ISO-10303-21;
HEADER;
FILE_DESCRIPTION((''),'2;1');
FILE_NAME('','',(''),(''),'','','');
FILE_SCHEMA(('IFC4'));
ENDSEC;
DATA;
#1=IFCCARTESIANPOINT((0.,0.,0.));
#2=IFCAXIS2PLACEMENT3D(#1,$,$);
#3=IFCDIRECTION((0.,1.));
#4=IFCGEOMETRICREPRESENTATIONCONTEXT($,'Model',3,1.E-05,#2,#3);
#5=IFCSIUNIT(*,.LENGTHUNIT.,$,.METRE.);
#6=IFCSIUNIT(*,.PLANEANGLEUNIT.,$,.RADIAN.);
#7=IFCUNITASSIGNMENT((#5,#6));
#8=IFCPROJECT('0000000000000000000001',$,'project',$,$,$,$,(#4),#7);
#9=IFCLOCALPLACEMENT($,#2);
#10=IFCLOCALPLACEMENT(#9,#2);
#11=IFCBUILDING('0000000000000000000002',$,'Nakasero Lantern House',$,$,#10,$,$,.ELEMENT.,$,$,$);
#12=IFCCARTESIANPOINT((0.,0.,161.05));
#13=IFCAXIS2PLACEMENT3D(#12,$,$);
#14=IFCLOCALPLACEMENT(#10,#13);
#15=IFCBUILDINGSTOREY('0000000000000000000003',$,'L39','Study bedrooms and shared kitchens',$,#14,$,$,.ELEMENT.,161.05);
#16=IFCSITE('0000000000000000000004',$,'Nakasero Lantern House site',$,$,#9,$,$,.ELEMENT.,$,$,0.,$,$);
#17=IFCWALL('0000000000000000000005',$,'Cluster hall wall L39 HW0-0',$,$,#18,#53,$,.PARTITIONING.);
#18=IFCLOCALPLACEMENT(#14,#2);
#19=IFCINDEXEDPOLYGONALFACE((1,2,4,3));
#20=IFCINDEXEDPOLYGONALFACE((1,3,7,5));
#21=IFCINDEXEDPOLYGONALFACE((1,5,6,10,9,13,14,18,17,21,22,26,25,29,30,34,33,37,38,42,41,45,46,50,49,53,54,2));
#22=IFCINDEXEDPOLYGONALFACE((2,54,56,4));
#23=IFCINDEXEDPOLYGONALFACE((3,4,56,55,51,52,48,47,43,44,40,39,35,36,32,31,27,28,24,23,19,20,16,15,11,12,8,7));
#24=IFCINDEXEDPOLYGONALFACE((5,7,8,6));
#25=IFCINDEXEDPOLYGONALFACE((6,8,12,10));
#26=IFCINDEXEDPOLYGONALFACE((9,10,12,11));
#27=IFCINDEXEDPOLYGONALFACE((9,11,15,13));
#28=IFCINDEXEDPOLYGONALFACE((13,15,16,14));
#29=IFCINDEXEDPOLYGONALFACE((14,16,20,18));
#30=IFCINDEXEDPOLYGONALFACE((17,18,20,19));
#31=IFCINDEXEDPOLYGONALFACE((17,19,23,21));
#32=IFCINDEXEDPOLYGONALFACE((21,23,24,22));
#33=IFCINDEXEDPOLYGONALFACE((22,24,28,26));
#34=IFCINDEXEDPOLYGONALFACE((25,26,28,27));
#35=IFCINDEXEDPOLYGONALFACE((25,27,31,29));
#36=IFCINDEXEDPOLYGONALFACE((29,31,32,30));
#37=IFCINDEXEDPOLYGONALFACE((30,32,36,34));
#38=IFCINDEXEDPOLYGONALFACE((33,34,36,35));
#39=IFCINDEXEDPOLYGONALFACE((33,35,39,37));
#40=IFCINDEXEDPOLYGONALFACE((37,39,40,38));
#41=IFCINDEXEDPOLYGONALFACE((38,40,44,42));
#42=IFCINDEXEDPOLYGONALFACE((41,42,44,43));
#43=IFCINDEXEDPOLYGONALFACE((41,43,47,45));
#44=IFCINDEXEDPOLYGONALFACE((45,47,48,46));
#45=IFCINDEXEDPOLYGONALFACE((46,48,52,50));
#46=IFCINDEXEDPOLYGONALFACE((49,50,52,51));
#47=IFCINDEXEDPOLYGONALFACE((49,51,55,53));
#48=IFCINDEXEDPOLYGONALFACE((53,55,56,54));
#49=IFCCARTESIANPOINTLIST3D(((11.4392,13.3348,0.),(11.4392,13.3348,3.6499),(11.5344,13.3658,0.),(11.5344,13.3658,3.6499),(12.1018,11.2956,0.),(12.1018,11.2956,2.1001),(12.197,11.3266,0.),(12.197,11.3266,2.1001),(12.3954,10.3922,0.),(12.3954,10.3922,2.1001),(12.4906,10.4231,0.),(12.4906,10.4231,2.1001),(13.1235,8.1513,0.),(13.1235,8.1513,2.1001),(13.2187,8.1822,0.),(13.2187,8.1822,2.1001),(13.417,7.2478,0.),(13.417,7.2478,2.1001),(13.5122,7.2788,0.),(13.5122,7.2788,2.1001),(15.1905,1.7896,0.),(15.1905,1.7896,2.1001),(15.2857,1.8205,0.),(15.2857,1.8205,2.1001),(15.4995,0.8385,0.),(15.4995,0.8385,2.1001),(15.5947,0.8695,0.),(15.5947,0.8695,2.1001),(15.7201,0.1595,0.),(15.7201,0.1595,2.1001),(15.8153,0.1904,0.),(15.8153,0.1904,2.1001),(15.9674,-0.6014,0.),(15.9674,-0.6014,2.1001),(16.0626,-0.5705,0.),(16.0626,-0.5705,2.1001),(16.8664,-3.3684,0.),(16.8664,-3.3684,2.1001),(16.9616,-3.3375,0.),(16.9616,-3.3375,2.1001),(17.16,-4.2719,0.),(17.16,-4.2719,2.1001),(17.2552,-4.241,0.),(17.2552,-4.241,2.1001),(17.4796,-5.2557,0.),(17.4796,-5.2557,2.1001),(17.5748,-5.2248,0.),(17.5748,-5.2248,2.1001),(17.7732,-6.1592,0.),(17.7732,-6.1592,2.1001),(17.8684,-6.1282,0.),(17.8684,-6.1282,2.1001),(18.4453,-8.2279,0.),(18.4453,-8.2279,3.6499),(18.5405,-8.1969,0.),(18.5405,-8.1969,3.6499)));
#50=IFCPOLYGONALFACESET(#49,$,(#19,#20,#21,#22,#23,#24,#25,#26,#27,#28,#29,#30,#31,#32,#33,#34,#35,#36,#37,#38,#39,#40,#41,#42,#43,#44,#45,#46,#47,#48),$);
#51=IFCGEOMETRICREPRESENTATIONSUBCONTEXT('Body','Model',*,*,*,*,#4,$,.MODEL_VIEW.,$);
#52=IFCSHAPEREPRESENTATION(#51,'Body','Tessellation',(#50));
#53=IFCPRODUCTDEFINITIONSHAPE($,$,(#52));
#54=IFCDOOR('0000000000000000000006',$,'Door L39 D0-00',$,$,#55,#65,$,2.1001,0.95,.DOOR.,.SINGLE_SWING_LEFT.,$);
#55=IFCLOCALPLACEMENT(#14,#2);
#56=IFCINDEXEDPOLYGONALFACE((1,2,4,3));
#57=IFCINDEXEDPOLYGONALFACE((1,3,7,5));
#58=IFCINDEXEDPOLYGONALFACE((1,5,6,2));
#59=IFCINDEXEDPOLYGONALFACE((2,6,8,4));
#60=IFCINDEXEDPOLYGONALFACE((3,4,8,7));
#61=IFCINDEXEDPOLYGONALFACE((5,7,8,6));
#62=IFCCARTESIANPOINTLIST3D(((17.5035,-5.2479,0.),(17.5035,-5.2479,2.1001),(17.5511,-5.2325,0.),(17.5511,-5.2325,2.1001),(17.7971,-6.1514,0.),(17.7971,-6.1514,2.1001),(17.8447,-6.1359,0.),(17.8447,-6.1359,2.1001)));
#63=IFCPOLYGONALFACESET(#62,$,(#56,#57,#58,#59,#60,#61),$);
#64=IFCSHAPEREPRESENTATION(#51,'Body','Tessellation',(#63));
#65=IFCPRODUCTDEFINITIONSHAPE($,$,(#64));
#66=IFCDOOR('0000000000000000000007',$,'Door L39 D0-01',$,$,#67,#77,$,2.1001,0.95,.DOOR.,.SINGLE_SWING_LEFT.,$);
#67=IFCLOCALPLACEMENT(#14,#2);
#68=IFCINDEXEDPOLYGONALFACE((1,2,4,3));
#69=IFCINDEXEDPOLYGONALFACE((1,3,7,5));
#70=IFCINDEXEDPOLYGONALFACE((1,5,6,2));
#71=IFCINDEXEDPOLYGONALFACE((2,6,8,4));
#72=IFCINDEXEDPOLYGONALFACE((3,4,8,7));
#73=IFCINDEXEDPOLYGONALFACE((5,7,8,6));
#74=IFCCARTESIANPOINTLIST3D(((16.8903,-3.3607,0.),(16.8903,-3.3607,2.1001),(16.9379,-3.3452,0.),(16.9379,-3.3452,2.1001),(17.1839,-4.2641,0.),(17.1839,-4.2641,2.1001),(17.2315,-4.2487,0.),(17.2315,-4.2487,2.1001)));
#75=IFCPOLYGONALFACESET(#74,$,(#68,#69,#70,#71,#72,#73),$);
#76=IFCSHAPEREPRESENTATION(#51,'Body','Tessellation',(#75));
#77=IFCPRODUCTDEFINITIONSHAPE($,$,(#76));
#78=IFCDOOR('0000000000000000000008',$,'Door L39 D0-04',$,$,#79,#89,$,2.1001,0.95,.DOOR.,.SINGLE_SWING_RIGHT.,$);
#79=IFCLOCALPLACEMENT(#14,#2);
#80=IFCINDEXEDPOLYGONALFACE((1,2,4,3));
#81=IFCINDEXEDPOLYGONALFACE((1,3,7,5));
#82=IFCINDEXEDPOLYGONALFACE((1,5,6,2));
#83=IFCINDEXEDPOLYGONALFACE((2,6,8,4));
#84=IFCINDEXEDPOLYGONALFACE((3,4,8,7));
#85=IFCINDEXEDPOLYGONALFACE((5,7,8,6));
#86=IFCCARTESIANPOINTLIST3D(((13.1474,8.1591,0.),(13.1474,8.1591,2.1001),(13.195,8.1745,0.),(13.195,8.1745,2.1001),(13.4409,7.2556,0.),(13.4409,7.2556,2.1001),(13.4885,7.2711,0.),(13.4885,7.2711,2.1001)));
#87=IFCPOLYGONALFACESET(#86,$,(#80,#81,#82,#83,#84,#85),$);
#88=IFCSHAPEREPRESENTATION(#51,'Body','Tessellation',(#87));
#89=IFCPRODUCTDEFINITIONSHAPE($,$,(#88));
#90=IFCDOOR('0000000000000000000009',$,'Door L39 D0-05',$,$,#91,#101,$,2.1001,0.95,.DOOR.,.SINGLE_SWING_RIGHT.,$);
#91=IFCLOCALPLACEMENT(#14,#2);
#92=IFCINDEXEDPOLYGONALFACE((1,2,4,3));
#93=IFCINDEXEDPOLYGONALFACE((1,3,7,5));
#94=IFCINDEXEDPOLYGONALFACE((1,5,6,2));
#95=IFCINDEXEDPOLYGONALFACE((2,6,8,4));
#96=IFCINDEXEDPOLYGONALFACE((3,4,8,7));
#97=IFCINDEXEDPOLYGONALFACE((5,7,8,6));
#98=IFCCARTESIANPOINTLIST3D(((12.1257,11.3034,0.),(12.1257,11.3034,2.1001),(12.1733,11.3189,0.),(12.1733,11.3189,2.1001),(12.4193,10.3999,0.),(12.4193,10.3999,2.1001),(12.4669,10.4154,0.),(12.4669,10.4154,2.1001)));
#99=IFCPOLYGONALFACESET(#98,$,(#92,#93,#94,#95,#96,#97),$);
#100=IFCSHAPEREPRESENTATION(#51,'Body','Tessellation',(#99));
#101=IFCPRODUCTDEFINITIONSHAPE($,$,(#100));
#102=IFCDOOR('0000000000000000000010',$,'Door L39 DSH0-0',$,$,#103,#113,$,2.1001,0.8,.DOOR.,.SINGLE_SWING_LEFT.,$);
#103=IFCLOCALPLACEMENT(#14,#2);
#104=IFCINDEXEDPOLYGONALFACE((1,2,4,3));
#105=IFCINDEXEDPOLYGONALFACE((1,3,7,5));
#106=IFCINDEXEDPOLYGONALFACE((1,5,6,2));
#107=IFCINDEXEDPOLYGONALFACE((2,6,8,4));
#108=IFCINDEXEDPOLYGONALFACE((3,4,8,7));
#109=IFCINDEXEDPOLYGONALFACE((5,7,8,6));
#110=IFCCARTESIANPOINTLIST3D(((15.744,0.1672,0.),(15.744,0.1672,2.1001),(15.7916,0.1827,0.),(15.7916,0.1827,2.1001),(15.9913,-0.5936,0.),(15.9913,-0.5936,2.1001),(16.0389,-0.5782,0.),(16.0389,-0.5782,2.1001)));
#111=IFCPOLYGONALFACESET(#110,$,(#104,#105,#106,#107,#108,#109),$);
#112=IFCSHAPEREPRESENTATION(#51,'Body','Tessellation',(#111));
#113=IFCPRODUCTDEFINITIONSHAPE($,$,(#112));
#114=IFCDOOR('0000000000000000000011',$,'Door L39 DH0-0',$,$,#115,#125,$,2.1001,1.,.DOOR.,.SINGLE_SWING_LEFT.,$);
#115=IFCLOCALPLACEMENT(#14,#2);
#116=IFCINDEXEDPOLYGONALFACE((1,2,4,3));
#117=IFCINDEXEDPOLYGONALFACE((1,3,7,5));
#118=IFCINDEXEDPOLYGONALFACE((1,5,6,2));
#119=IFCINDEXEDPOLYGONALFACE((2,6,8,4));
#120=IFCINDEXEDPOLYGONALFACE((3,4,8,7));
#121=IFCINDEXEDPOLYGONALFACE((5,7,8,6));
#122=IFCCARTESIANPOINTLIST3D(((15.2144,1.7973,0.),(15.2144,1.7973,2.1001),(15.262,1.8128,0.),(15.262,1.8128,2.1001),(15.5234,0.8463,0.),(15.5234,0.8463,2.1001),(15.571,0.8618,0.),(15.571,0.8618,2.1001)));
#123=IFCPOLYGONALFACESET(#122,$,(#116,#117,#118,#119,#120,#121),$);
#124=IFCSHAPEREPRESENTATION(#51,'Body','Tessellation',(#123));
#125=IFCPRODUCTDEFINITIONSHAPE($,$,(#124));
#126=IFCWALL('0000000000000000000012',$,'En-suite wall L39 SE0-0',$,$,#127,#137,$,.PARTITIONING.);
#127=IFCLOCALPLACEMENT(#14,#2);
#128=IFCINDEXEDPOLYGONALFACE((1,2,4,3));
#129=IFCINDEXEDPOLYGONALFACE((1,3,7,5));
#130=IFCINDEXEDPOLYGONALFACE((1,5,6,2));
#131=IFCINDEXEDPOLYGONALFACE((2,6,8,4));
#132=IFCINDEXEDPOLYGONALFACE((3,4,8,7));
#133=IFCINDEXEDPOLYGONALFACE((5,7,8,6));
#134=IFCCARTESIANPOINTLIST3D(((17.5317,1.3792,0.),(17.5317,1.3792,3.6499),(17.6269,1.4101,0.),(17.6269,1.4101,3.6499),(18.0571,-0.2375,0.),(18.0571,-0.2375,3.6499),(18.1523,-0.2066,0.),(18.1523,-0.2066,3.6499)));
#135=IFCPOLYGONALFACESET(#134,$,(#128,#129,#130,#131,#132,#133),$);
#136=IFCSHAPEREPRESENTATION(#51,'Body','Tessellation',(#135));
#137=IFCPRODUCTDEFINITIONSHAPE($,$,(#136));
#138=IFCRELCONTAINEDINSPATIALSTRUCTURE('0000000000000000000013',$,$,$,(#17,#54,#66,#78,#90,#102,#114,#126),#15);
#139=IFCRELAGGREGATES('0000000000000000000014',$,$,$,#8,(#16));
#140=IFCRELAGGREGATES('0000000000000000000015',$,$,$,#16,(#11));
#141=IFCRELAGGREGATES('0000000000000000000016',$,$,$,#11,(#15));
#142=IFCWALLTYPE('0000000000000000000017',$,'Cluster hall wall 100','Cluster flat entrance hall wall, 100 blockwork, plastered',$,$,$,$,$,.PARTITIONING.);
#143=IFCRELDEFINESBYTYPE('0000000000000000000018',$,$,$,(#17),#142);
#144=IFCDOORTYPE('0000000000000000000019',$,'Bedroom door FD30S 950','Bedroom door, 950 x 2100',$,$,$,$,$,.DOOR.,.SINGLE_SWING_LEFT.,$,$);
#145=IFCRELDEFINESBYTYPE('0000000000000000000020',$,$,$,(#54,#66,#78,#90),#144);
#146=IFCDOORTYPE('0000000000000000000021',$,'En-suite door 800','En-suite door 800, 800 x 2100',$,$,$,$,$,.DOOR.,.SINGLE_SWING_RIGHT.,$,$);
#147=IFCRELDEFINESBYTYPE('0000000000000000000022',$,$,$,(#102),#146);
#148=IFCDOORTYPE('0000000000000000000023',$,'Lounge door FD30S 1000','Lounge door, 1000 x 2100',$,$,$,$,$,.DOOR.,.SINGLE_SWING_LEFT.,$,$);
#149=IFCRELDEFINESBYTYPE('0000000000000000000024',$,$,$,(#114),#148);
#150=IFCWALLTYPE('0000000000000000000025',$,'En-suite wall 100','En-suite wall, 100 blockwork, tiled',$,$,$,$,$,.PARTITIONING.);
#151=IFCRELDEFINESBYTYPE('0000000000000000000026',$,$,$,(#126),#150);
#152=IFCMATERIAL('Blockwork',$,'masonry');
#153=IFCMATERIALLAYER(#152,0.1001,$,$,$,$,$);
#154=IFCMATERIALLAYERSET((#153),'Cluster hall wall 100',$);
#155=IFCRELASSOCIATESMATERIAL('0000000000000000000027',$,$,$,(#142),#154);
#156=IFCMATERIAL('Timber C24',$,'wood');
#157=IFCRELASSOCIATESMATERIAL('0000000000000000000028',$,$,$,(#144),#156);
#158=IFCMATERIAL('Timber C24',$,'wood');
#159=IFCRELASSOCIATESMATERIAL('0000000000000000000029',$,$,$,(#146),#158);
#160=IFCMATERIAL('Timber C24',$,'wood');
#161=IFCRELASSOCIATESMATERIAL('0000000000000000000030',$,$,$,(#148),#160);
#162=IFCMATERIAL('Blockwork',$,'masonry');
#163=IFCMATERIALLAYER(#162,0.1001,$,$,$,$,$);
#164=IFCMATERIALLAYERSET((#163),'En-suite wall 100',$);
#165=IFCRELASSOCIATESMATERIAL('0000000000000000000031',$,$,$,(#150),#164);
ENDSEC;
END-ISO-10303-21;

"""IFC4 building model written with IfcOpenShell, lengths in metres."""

from ifc_helpers import new_model, si_unit, direction, frame, frame_2d, origin, place, context, subcontext, project, spatial, rectangle, extrude, material, layer, layer_set, type_object, element, fill, save


model = new_model("IFC4")

# Units and contexts
model_context = context("Model", 3, precision=1e-05, world=origin(), true_north=direction((0.0, 1.0)))
body_context = subcontext(model_context, "Body", "Model", "MODEL_VIEW")
ifc_project = project(units=[si_unit("LENGTHUNIT", "METRE"), si_unit("PLANEANGLEUNIT", "RADIAN")], contexts=[model_context])

# Site, building, storey
site_placement = place(None, origin())
site = spatial("IfcSite", under=ifc_project, at=site_placement, Name="Nakasero Lantern House site", CompositionType="ELEMENT", RefElevation=0.0)
building_placement = place(site_placement, origin())
building = spatial("IfcBuilding", under=site, at=building_placement, Name="Nakasero Lantern House", CompositionType="ELEMENT")
storey_placement = place(building_placement, frame((0.0, 0.0, 161.05)))
storey = spatial("IfcBuildingStorey", under=building, at=storey_placement, Name="L39", Description="Study bedrooms and shared kitchens", CompositionType="ELEMENT", Elevation=161.05)

# Wall, openings, doors
ifc_material_1 = material(Name="Blockwork", Category="masonry")
ifc_layer_1 = layer(ifc_material_1, 0.1001)
ifc_layer_set_1 = layer_set([ifc_layer_1], Name="Cluster hall wall 100")
wall_type_1 = type_object("IfcWallType", Name="Cluster hall wall 100", Description="Cluster flat entrance hall wall, 100 blockwork, plastered", PredefinedType="PARTITIONING", material=ifc_layer_set_1)
wall_1_placement = place(storey_placement, frame((18.4929, -8.2124, 0.0), z_axis=(0.0, 0.0, 1.0), x_axis=(-0.309015, 0.951057, 0.0)))
wall_1 = element("IfcWall", 1, at=wall_1_placement, inside=storey, type_object=wall_type_1, Name="Cluster hall wall L39 HW0-0", PredefinedType="PARTITIONING", context=body_context, shape_type="SweptSolid", body=[
    extrude(rectangle(XDim=22.6724, YDim=0.1001, at=frame_2d((11.3362, 0.0))), origin(), (0.0, 0.0, 1.0), 3.6499),
])
opening_1_placement = place(wall_1_placement, frame((9.533, 0.0, 0.0)))
opening_1 = element("IfcOpeningElement", 2, at=opening_1_placement, cuts=wall_1, PredefinedType="OPENING", context=body_context, shape_type="SweptSolid", body=[
    extrude(rectangle(XDim=1.0, YDim=2.1001, at=frame_2d((0.5, 1.05))), frame((0.0, 0.0701, 0.0), z_axis=(0.0, -1.0, 0.0), x_axis=(1.0, 0.0, 0.0)), (0.0, 0.0, 1.0), 0.1401),
])
opening_2_placement = place(wall_1_placement, frame((8.019, 0.0, 0.0)))
opening_2 = element("IfcOpeningElement", 3, at=opening_2_placement, cuts=wall_1, PredefinedType="OPENING", context=body_context, shape_type="SweptSolid", body=[
    extrude(rectangle(XDim=0.8, YDim=2.1001, at=frame_2d((0.3999, 1.05))), frame((0.0, 0.0701, 0.0), z_axis=(0.0, -1.0, 0.0), x_axis=(1.0, 0.0, 0.0)), (0.0, 0.0, 1.0), 0.1401),
])
opening_3_placement = place(wall_1_placement, frame((2.175, 0.0, 0.0)))
opening_3 = element("IfcOpeningElement", 4, at=opening_3_placement, cuts=wall_1, PredefinedType="OPENING", context=body_context, shape_type="SweptSolid", body=[
    extrude(rectangle(XDim=0.95, YDim=2.1001, at=frame_2d((0.4751, 1.05))), frame((0.0, 0.0701, 0.0), z_axis=(0.0, -1.0, 0.0), x_axis=(1.0, 0.0, 0.0)), (0.0, 0.0, 1.0), 0.1401),
])
opening_4_placement = place(wall_1_placement, frame((4.1594, 0.0, 0.0)))
opening_4 = element("IfcOpeningElement", 5, at=opening_4_placement, cuts=wall_1, PredefinedType="OPENING", context=body_context, shape_type="SweptSolid", body=[
    extrude(rectangle(XDim=0.95, YDim=2.1001, at=frame_2d((0.4751, 1.05))), frame((0.0, 0.0701, 0.0), z_axis=(0.0, -1.0, 0.0), x_axis=(1.0, 0.0, 0.0)), (0.0, 0.0, 1.0), 0.1401),
])
opening_5_placement = place(wall_1_placement, frame((16.272, 0.0, 0.0)))
opening_5 = element("IfcOpeningElement", 6, at=opening_5_placement, cuts=wall_1, PredefinedType="OPENING", context=body_context, shape_type="SweptSolid", body=[
    extrude(rectangle(XDim=0.95, YDim=2.1001, at=frame_2d((0.4751, 1.05))), frame((0.0, 0.0701, 0.0), z_axis=(0.0, -1.0, 0.0), x_axis=(1.0, 0.0, 0.0)), (0.0, 0.0, 1.0), 0.1401),
])
opening_6_placement = place(wall_1_placement, frame((19.5781, 0.0, 0.0)))
opening_6 = element("IfcOpeningElement", 7, at=opening_6_placement, cuts=wall_1, PredefinedType="OPENING", context=body_context, shape_type="SweptSolid", body=[
    extrude(rectangle(XDim=0.95, YDim=2.1001, at=frame_2d((0.4751, 1.05))), frame((0.0, 0.0701, 0.0), z_axis=(0.0, -1.0, 0.0), x_axis=(1.0, 0.0, 0.0)), (0.0, 0.0, 1.0), 0.1401),
])
ifc_material_2 = material(Name="Timber C24", Category="wood")
door_type_1 = type_object("IfcDoorType", Name="Bedroom door FD30S 950", Description="Bedroom door, 950 x 2100", OperationType="SINGLE_SWING_LEFT", PredefinedType="DOOR", material=ifc_material_2)
door_1_placement = place(opening_3_placement, origin())
door_1 = element("IfcDoor", 8, at=door_1_placement, inside=storey, type_object=door_type_1, Name="Door L39 D0-00", OperationType="SINGLE_SWING_LEFT", OverallHeight=2.1001, OverallWidth=0.95, PredefinedType="DOOR", context=body_context, shape_type="SweptSolid", body=[
    extrude(rectangle(XDim=0.95, YDim=2.1001, at=frame_2d((0.4751, 1.05))), frame((0.0, 0.0249, 0.0), z_axis=(0.0, -1.0, 0.0), x_axis=(1.0, 0.0, 0.0)), (0.0, 0.0, 1.0), 0.05),
])
fill(opening_3, door_1)
door_2_placement = place(opening_4_placement, origin())
door_2 = element("IfcDoor", 9, at=door_2_placement, inside=storey, type_object=door_type_1, Name="Door L39 D0-01", OperationType="SINGLE_SWING_LEFT", OverallHeight=2.1001, OverallWidth=0.95, PredefinedType="DOOR", context=body_context, shape_type="SweptSolid", body=[
    extrude(rectangle(XDim=0.95, YDim=2.1001, at=frame_2d((0.4751, 1.05))), frame((0.0, 0.0249, 0.0), z_axis=(0.0, -1.0, 0.0), x_axis=(1.0, 0.0, 0.0)), (0.0, 0.0, 1.0), 0.05),
])
fill(opening_4, door_2)
door_3_placement = place(opening_5_placement, origin())
door_3 = element("IfcDoor", 10, at=door_3_placement, inside=storey, type_object=door_type_1, Name="Door L39 D0-04", OperationType="SINGLE_SWING_RIGHT", OverallHeight=2.1001, OverallWidth=0.95, PredefinedType="DOOR", context=body_context, shape_type="SweptSolid", body=[
    extrude(rectangle(XDim=0.95, YDim=2.1001, at=frame_2d((0.4751, 1.05))), frame((0.0, 0.0249, 0.0), z_axis=(0.0, -1.0, 0.0), x_axis=(1.0, 0.0, 0.0)), (0.0, 0.0, 1.0), 0.05),
])
fill(opening_5, door_3)
door_4_placement = place(opening_6_placement, origin())
door_4 = element("IfcDoor", 11, at=door_4_placement, inside=storey, type_object=door_type_1, Name="Door L39 D0-05", OperationType="SINGLE_SWING_RIGHT", OverallHeight=2.1001, OverallWidth=0.95, PredefinedType="DOOR", context=body_context, shape_type="SweptSolid", body=[
    extrude(rectangle(XDim=0.95, YDim=2.1001, at=frame_2d((0.4751, 1.05))), frame((0.0, 0.0249, 0.0), z_axis=(0.0, -1.0, 0.0), x_axis=(1.0, 0.0, 0.0)), (0.0, 0.0, 1.0), 0.05),
])
fill(opening_6, door_4)
ifc_material_3 = material(Name="Timber C24", Category="wood")
door_type_2 = type_object("IfcDoorType", Name="En-suite door 800", Description="En-suite door 800, 800 x 2100", OperationType="SINGLE_SWING_RIGHT", PredefinedType="DOOR", material=ifc_material_3)
door_5_placement = place(opening_2_placement, origin())
door_5 = element("IfcDoor", 12, at=door_5_placement, inside=storey, type_object=door_type_2, Name="Door L39 DSH0-0", OperationType="SINGLE_SWING_LEFT", OverallHeight=2.1001, OverallWidth=0.8, PredefinedType="DOOR", context=body_context, shape_type="SweptSolid", body=[
    extrude(rectangle(XDim=0.8, YDim=2.1001, at=frame_2d((0.3999, 1.05))), frame((0.0, 0.0249, 0.0), z_axis=(0.0, -1.0, 0.0), x_axis=(1.0, 0.0, 0.0)), (0.0, 0.0, 1.0), 0.05),
])
fill(opening_2, door_5)
ifc_material_4 = material(Name="Timber C24", Category="wood")
door_type_3 = type_object("IfcDoorType", Name="Lounge door FD30S 1000", Description="Lounge door, 1000 x 2100", OperationType="SINGLE_SWING_LEFT", PredefinedType="DOOR", material=ifc_material_4)
door_6_placement = place(opening_1_placement, origin())
door_6 = element("IfcDoor", 13, at=door_6_placement, inside=storey, type_object=door_type_3, Name="Door L39 DH0-0", OperationType="SINGLE_SWING_LEFT", OverallHeight=2.1001, OverallWidth=1.0, PredefinedType="DOOR", context=body_context, shape_type="SweptSolid", body=[
    extrude(rectangle(XDim=1.0, YDim=2.1001, at=frame_2d((0.5, 1.05))), frame((0.0, 0.0249, 0.0), z_axis=(0.0, -1.0, 0.0), x_axis=(1.0, 0.0, 0.0)), (0.0, 0.0, 1.0), 0.05),
])
fill(opening_1, door_6)

# Wall
ifc_material_5 = material(Name="Blockwork", Category="masonry")
ifc_layer_2 = layer(ifc_material_5, 0.1001)
ifc_layer_set_2 = layer_set([ifc_layer_2], Name="En-suite wall 100")
wall_type_2 = type_object("IfcWallType", Name="En-suite wall 100", Description="En-suite wall, 100 blockwork, tiled", PredefinedType="PARTITIONING", material=ifc_layer_set_2)
wall_2_placement = place(storey_placement, frame((18.1047, -0.2222, 0.0), z_axis=(0.0, 0.0, 1.0), x_axis=(-0.309067, 0.95104, 0.0)))
element("IfcWall", 14, at=wall_2_placement, inside=storey, type_object=wall_type_2, Name="En-suite wall L39 SE0-0", PredefinedType="PARTITIONING", context=body_context, shape_type="SweptSolid", body=[
    extrude(rectangle(XDim=1.7, YDim=0.1001, at=frame_2d((0.8501, 0.0))), origin(), (0.0, 0.0, 1.0), 3.6499),
])

save(model, "model.ifc")
